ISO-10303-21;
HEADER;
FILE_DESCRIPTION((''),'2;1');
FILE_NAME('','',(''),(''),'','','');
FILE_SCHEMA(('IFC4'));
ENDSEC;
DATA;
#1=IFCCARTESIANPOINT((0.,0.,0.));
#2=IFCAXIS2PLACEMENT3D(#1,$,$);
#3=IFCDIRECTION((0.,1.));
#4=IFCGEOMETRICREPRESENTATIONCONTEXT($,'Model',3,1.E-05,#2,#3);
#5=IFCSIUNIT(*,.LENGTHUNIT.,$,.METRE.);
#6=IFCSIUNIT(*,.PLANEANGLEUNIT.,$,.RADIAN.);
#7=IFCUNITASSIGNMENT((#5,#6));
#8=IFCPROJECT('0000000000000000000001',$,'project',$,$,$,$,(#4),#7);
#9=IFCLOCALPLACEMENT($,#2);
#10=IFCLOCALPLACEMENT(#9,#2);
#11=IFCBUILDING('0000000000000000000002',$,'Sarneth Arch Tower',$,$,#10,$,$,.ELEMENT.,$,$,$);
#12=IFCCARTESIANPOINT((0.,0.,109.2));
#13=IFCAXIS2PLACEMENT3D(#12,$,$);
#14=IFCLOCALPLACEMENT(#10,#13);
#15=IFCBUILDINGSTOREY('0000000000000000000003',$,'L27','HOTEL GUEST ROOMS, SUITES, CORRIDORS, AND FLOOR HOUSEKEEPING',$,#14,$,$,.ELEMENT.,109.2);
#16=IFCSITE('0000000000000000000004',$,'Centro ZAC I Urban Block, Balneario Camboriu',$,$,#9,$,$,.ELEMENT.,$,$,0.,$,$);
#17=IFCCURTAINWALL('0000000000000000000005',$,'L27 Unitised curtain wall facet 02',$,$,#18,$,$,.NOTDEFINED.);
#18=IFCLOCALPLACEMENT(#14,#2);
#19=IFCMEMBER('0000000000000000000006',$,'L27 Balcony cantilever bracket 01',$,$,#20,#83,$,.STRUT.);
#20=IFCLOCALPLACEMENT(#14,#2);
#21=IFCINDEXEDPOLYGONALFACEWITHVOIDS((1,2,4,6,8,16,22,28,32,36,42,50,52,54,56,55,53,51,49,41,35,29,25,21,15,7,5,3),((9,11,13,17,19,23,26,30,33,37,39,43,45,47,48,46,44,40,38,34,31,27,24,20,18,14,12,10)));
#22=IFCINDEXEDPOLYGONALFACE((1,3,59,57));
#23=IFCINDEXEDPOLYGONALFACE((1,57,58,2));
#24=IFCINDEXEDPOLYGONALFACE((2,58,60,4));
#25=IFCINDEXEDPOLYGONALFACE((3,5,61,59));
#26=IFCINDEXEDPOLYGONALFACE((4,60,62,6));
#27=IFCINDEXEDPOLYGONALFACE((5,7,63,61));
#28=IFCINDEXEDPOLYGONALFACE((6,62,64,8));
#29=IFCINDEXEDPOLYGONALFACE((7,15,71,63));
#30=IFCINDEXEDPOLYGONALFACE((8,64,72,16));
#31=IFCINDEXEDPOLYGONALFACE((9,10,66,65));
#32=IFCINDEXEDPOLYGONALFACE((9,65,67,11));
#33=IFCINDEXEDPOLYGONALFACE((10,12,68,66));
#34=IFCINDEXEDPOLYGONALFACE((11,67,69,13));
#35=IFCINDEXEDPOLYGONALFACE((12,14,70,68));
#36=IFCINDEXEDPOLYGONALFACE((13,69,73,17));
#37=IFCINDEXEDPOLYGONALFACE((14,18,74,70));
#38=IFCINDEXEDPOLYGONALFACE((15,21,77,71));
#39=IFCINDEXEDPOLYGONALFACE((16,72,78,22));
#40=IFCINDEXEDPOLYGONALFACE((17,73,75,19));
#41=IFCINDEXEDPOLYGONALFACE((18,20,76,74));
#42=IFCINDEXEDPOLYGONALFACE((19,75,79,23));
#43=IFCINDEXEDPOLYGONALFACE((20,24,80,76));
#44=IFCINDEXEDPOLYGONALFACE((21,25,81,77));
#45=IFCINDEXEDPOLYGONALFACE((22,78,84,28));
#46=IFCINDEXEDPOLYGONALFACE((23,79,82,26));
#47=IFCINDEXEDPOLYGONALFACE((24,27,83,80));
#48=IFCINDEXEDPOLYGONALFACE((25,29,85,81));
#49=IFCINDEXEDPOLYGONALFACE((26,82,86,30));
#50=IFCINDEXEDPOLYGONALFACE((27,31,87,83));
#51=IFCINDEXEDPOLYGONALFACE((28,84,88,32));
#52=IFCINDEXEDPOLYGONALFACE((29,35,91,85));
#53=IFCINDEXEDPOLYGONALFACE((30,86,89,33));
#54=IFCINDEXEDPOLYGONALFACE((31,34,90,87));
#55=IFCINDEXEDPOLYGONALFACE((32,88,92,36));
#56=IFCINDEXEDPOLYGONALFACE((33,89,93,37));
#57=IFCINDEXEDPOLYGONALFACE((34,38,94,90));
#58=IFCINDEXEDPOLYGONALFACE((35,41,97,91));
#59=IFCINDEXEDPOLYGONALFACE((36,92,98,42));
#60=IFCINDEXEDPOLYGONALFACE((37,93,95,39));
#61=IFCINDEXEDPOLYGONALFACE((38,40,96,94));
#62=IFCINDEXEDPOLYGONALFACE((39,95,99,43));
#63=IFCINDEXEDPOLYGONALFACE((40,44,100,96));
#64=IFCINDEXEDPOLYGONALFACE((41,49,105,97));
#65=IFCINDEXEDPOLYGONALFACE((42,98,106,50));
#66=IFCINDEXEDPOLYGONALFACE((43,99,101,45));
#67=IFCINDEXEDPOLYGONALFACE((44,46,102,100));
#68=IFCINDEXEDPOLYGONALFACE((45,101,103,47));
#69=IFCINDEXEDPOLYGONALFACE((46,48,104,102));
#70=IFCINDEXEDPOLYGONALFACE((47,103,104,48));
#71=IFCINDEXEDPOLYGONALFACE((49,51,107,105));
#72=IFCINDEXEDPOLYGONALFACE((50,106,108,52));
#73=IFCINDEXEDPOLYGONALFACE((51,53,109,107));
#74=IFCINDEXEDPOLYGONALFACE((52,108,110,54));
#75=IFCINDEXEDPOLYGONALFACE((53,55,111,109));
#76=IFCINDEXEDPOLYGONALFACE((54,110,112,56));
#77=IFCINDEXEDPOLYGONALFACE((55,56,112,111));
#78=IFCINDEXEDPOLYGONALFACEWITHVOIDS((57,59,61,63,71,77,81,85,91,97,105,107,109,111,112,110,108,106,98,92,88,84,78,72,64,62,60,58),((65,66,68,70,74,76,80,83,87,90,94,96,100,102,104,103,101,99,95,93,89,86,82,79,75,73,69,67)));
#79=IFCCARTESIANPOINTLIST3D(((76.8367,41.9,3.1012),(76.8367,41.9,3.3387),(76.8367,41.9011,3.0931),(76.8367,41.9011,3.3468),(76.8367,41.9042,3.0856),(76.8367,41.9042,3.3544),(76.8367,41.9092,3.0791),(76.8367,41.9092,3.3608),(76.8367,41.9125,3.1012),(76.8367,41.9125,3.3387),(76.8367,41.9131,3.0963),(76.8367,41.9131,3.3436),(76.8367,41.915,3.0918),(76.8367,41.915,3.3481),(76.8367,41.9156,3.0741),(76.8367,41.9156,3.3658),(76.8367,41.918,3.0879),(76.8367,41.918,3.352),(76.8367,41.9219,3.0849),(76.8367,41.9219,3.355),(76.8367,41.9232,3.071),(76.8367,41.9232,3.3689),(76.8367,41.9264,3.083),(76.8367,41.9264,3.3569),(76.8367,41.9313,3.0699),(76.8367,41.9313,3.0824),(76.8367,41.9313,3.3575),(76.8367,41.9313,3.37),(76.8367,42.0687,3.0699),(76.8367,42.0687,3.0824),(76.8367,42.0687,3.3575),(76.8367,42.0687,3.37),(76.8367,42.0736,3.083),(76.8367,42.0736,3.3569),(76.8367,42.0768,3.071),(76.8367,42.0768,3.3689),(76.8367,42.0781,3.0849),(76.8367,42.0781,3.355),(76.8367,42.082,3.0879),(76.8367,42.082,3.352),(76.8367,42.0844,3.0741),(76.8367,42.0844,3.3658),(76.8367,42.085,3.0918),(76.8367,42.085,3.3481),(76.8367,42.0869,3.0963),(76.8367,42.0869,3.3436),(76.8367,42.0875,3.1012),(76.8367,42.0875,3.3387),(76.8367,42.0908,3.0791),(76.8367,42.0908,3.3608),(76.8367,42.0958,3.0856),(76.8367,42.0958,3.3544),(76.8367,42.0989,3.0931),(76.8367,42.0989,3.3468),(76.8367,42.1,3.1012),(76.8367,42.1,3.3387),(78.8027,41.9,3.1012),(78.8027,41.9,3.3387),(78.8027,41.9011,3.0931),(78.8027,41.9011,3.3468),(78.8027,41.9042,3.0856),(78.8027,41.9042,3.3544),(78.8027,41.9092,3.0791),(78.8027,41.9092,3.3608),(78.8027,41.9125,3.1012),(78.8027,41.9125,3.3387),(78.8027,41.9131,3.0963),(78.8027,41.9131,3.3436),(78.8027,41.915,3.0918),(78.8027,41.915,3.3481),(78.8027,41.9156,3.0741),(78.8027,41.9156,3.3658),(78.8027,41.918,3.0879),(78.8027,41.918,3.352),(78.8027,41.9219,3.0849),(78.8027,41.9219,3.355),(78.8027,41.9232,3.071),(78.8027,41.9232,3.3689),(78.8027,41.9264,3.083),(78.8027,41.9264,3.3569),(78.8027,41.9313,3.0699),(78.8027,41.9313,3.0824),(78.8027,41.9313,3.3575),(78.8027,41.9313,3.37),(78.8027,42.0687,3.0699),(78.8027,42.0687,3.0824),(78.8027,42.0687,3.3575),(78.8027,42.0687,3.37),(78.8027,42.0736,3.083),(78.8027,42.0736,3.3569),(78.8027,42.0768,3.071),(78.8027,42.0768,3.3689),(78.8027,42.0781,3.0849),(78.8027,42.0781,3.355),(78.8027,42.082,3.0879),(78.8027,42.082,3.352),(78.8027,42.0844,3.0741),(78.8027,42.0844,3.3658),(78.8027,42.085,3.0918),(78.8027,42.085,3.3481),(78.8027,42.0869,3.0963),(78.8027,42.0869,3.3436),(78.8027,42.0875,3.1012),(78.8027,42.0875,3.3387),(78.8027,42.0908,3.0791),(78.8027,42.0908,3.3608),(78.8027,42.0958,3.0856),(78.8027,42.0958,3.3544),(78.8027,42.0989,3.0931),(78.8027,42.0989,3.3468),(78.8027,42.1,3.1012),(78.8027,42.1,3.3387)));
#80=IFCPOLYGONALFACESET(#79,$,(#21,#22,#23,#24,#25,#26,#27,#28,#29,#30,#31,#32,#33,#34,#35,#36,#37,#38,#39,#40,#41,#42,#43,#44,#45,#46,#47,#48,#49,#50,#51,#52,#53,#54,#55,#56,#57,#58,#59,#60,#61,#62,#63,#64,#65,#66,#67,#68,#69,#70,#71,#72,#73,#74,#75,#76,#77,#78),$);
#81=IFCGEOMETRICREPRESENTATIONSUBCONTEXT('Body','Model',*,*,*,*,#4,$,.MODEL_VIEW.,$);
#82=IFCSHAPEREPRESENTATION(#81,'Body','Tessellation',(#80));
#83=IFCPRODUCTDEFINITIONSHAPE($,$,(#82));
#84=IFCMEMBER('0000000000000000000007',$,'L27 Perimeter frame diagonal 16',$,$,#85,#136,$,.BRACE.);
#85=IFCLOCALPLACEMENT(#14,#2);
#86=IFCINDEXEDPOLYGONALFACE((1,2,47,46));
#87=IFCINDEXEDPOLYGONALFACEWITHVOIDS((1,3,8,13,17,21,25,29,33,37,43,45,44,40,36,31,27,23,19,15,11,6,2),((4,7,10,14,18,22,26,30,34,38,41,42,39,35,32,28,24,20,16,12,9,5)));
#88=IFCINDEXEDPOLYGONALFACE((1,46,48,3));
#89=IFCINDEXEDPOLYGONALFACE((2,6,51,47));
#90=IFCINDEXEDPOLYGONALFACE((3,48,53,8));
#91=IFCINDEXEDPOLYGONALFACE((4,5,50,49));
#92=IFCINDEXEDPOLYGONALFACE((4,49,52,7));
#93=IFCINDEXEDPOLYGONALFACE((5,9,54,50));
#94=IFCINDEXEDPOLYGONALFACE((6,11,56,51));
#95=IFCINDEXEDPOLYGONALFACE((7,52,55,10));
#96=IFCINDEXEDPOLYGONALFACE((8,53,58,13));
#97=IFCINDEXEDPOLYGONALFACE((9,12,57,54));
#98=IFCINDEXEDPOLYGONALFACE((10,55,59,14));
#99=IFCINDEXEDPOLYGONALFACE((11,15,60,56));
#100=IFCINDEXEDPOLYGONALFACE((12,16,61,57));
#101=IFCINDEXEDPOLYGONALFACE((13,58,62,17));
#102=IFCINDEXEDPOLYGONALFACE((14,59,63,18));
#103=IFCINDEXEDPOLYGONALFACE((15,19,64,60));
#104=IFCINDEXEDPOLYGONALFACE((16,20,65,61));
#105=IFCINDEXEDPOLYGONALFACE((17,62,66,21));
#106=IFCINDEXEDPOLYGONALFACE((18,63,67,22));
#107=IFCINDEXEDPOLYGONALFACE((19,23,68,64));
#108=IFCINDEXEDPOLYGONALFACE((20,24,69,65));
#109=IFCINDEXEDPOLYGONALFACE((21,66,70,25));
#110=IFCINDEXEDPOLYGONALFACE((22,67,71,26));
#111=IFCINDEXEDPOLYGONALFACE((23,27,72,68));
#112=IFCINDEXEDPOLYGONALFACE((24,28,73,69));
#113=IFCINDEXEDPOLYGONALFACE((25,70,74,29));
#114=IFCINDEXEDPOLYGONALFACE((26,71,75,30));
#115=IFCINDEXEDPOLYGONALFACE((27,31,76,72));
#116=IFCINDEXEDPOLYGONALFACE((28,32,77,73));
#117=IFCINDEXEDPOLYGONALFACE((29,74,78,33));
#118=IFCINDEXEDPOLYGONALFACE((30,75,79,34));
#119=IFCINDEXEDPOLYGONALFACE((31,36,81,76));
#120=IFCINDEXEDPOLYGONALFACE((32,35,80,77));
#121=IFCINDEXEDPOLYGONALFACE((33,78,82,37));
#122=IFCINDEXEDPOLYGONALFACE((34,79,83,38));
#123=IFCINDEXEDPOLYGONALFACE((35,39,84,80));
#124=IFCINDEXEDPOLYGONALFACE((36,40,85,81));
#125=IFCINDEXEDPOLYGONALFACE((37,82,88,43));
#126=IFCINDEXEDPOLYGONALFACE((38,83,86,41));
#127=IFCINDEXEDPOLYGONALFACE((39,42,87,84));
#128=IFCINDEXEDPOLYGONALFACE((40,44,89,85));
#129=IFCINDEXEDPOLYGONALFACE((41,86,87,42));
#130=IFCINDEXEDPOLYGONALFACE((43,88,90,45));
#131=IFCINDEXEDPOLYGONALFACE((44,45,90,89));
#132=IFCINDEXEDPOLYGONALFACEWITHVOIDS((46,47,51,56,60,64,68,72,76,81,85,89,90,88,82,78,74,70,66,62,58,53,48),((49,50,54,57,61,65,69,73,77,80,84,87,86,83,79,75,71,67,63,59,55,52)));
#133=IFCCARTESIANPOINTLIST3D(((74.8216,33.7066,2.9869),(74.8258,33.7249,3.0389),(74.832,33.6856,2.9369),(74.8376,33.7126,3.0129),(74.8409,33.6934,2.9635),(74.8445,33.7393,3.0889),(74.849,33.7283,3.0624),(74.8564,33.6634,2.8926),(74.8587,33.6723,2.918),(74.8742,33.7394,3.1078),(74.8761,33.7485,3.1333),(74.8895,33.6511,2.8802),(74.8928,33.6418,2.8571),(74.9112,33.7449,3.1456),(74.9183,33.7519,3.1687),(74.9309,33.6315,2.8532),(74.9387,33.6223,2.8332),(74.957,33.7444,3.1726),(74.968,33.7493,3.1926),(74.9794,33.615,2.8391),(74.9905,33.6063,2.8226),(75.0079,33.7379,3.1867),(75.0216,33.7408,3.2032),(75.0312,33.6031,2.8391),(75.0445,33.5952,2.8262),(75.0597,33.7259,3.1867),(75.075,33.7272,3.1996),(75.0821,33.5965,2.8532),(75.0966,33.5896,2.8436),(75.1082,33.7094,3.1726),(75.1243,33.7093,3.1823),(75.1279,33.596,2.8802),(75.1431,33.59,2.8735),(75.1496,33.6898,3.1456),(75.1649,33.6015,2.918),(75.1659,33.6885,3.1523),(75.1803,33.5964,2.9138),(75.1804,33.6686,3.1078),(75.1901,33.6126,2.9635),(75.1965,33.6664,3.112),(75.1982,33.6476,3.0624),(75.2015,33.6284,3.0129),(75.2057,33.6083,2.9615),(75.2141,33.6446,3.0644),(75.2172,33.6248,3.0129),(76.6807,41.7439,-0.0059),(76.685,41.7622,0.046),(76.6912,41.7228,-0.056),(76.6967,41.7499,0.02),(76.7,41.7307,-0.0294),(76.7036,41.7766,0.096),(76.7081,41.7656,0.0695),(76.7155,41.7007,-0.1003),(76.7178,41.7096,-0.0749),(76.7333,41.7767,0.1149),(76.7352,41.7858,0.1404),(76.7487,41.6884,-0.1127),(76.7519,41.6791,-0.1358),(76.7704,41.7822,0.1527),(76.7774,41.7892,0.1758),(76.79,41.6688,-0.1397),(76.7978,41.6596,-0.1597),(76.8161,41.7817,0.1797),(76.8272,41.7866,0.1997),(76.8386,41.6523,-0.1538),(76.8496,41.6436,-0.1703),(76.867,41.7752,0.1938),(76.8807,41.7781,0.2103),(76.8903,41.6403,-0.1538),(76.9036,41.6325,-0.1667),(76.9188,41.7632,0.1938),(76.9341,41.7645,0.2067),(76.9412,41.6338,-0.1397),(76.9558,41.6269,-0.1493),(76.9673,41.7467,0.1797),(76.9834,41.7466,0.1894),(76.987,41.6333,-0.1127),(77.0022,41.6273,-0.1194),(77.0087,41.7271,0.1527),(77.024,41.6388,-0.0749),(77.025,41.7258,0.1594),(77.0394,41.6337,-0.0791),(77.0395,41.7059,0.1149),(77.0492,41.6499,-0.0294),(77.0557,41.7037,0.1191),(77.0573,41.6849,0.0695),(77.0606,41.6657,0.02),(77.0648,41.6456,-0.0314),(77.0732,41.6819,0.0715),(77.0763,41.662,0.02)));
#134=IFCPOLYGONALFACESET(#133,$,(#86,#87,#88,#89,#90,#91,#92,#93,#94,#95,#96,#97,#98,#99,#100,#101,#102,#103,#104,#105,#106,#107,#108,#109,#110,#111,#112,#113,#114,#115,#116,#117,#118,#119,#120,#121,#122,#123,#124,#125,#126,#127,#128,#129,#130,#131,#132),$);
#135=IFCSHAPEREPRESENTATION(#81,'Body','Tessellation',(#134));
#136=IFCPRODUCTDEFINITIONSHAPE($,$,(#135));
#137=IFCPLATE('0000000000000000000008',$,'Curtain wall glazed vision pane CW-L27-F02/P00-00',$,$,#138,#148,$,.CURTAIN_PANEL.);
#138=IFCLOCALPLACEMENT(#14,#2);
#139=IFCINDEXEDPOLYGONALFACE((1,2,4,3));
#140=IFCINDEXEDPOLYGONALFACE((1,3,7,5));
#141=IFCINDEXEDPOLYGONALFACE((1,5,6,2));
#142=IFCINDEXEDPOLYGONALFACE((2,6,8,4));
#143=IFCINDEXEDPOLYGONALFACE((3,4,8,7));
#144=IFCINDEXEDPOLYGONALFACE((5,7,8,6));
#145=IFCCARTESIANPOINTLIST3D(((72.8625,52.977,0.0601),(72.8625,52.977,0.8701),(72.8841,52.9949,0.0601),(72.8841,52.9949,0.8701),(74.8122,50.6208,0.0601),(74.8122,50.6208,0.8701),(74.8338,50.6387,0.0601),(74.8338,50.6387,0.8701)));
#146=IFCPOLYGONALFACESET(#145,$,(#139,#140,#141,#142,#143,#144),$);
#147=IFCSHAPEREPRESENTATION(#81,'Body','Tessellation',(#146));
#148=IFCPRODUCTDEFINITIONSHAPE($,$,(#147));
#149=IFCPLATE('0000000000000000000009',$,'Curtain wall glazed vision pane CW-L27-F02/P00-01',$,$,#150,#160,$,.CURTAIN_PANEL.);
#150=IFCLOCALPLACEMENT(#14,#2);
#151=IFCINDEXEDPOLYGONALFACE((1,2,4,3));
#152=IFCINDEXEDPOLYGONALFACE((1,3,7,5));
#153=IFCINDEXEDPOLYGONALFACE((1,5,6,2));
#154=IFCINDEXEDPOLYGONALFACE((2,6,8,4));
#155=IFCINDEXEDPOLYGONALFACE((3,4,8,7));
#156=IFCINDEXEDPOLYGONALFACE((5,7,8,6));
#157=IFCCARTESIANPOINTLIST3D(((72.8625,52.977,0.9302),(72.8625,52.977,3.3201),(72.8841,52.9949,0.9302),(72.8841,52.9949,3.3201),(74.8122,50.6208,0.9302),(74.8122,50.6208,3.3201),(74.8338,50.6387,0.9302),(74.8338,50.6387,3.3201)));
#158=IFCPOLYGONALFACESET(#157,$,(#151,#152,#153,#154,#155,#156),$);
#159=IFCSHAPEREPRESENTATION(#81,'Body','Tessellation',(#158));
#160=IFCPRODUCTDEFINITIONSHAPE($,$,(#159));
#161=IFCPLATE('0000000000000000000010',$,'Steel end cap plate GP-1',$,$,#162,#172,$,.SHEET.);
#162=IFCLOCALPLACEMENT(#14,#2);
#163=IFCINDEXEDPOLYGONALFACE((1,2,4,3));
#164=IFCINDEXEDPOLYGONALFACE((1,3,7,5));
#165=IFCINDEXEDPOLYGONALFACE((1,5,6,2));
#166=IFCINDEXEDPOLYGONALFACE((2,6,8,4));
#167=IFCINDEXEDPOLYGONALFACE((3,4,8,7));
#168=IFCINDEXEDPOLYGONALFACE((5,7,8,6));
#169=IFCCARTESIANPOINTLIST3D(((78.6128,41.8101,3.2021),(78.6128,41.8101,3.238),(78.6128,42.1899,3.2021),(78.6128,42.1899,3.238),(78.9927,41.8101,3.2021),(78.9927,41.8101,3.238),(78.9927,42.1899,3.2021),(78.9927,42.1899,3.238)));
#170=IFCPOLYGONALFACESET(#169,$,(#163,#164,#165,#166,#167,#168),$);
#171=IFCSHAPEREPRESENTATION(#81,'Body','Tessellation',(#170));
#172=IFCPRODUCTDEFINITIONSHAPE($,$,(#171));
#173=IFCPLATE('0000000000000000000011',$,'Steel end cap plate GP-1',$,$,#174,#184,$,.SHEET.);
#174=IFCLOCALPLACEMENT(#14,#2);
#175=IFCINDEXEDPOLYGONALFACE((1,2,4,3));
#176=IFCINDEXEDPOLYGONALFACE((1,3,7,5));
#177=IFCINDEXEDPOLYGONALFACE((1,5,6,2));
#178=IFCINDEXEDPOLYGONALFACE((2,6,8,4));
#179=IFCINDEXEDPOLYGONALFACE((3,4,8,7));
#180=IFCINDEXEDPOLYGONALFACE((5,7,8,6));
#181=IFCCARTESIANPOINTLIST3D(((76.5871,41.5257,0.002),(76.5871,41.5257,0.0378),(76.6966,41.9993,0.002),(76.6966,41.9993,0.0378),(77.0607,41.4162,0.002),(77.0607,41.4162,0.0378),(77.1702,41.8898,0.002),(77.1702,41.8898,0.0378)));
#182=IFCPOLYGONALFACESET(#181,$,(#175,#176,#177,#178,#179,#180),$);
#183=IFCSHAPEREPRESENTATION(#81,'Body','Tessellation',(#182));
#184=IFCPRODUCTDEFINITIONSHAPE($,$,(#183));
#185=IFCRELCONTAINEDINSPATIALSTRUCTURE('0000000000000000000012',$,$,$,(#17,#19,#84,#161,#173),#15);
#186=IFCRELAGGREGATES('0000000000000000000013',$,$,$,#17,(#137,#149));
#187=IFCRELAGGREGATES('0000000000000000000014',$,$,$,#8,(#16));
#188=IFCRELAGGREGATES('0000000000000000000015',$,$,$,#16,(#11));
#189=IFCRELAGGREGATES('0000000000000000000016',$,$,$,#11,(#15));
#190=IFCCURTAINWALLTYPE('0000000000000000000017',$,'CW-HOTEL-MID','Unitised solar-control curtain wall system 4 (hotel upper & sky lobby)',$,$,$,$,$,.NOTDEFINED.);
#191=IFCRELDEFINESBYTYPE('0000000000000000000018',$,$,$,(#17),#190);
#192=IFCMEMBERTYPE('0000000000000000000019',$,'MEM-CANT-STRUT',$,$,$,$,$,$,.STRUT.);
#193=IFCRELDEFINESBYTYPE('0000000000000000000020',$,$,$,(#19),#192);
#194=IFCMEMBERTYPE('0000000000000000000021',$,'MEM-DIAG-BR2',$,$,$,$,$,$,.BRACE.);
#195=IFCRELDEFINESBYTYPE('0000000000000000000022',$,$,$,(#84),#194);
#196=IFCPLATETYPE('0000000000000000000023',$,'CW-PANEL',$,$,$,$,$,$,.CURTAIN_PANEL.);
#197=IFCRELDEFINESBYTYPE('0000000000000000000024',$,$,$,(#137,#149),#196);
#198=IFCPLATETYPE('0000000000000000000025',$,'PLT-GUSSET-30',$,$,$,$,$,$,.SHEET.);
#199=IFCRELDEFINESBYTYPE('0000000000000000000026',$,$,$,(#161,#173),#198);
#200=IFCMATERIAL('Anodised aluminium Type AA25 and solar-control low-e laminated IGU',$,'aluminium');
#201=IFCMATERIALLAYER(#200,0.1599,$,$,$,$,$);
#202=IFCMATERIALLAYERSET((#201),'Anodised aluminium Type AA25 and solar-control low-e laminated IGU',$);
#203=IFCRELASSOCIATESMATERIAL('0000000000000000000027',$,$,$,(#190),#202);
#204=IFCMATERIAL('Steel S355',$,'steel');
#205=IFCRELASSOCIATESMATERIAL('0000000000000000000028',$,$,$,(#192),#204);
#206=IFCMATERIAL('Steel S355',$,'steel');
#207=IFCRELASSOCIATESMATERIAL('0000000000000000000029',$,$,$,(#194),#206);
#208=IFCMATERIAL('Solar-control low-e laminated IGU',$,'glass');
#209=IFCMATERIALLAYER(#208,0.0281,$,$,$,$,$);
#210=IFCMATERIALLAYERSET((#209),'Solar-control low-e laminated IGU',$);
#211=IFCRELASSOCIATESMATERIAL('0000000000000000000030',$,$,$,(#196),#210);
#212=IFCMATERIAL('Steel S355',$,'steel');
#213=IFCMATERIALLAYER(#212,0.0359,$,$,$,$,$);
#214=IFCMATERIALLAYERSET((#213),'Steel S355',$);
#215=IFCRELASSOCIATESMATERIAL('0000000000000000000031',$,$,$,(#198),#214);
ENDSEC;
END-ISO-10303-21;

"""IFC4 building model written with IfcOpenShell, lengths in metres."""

from ifc_helpers import new_model, si_unit, direction, frame, origin, origin_2d, place, context, subcontext, project, spatial, rectangle, hollow_rectangle, hollow_circle, extrude, material, layer, layer_set, material_profile, profile_set, type_object, element, aggregate, save


model = new_model("IFC4")

# Units and contexts
model_context = context("Model", 3, precision=1e-05, world=origin(), true_north=direction((0.0, 1.0)))
body_context = subcontext(model_context, "Body", "Model", "MODEL_VIEW")
ifc_project = project(units=[si_unit("LENGTHUNIT", "METRE"), si_unit("PLANEANGLEUNIT", "RADIAN")], contexts=[model_context])

# Site, building, storey
site_placement = place(None, origin())
site = spatial("IfcSite", under=ifc_project, at=site_placement, Name="Centro ZAC I Urban Block, Balneario Camboriu", CompositionType="ELEMENT", RefElevation=0.0)
building_placement = place(site_placement, origin())
building = spatial("IfcBuilding", under=site, at=building_placement, Name="Sarneth Arch Tower", CompositionType="ELEMENT")
storey_placement = place(building_placement, frame((0.0, 0.0, 109.2)))
storey = spatial("IfcBuildingStorey", under=building, at=storey_placement, Name="L27", Description="HOTEL GUEST ROOMS, SUITES, CORRIDORS, AND FLOOR HOUSEKEEPING", CompositionType="ELEMENT", Elevation=109.2)

# Curtain wall
ifc_material_1 = material(Name="Anodised aluminium Type AA25 and solar-control low-e laminated IGU", Category="aluminium")
ifc_layer_1 = layer(ifc_material_1, 0.1599)
ifc_layer_set_1 = layer_set([ifc_layer_1], Name="Anodised aluminium Type AA25 and solar-control low-e laminated IGU")
curtain_wall_type = type_object("IfcCurtainWallType", Name="CW-HOTEL-MID", Description="Unitised solar-control curtain wall system 4 (hotel upper & sky lobby)", PredefinedType="NOTDEFINED", material=ifc_layer_set_1)
curtain_wall_placement = place(storey_placement, origin())
curtain_wall = element("IfcCurtainWall", 1, at=curtain_wall_placement, inside=storey, type_object=curtain_wall_type, Name="L27 Unitised curtain wall facet 02", PredefinedType="NOTDEFINED")

# Members
ifc_material_2 = material(Name="Steel S355", Category="steel")
ifc_material_profile_1 = material_profile(ifc_material_2, hollow_rectangle(XDim=0.2, YDim=0.3, WallThickness=0.0125, InnerFilletRadius=0.0188, OuterFilletRadius=0.0312, at=origin_2d()), Name="RHS300x200x12.5")
ifc_profile_set_1 = profile_set([ifc_material_profile_1], Name="Steel S355")
member_type_1 = type_object("IfcMemberType", Name="MEM-CANT-STRUT", PredefinedType="STRUT", material=ifc_profile_set_1)
member_1_placement = place(storey_placement, frame((76.8367, 42.0, 3.22), z_axis=(1.0, 0.0, 0.0), x_axis=(0.0, 1.0, 0.0)))
element("IfcMember", 2, at=member_1_placement, inside=storey, type_object=member_type_1, Name="L27 Balcony cantilever bracket 01", PredefinedType="STRUT", context=body_context, shape_type="SweptSolid", body=[
    extrude(hollow_rectangle(XDim=0.2, YDim=0.3, WallThickness=0.0125, InnerFilletRadius=0.0188, OuterFilletRadius=0.0312, at=origin_2d()), origin(), (0.0, 0.0, 1.0), 1.9661),
])
ifc_material_3 = material(Name="Steel S355", Category="steel")
ifc_material_profile_2 = material_profile(ifc_material_3, hollow_circle(Radius=0.2029, WallThickness=0.0161, at=origin_2d()), Name="CHS406x16")
ifc_profile_set_2 = profile_set([ifc_material_profile_2], Name="Steel S355")
member_type_2 = type_object("IfcMemberType", Name="MEM-DIAG-BR2", PredefinedType="BRACE", material=ifc_profile_set_2)
member_2_placement = place(storey_placement, frame((76.8787, 41.7078, 0.02), z_axis=(-0.21185, -0.915864, 0.341046), x_axis=(0.974275, -0.225361, 0.0)))
element("IfcMember", 3, at=member_2_placement, inside=storey, type_object=member_type_2, Name="L27 Perimeter frame diagonal 16", PredefinedType="BRACE", context=body_context, shape_type="SweptSolid", body=[
    extrude(hollow_circle(Radius=0.2029, WallThickness=0.0161, at=origin_2d()), origin(), (0.0, 0.0, 1.0), 8.7756),
])

# Plates
ifc_material_4 = material(Name="Solar-control low-e laminated IGU", Category="glass")
ifc_layer_2 = layer(ifc_material_4, 0.0281)
ifc_layer_set_2 = layer_set([ifc_layer_2], Name="Solar-control low-e laminated IGU")
plate_type_1 = type_object("IfcPlateType", Name="CW-PANEL", PredefinedType="CURTAIN_PANEL", material=ifc_layer_set_2)
plate_1_placement = place(storey_placement, frame((73.8481, 51.8079, 0.0601), z_axis=(0.0, 0.0, 1.0), x_axis=(-0.637515, 0.770438, 0.0)))
plate_1 = element("IfcPlate", 4, at=plate_1_placement, type_object=plate_type_1, Name="Curtain wall glazed vision pane CW-L27-F02/P00-00", PredefinedType="CURTAIN_PANEL", context=body_context, shape_type="SweptSolid", body=[
    extrude(rectangle(XDim=3.0583, YDim=0.0281, at=origin_2d()), origin(), (0.0, 0.0, 1.0), 0.8101),
])
plate_2_placement = place(storey_placement, frame((73.8481, 51.8079, 0.9302), z_axis=(0.0, 0.0, 1.0), x_axis=(-0.637515, 0.770438, 0.0)))
plate_2 = element("IfcPlate", 5, at=plate_2_placement, type_object=plate_type_1, Name="Curtain wall glazed vision pane CW-L27-F02/P00-01", PredefinedType="CURTAIN_PANEL", context=body_context, shape_type="SweptSolid", body=[
    extrude(rectangle(XDim=3.0583, YDim=0.0281, at=origin_2d()), origin(), (0.0, 0.0, 1.0), 2.3899),
])
aggregate(curtain_wall, [plate_1, plate_2])

# Plates
ifc_material_5 = material(Name="Steel S355", Category="steel")
ifc_layer_3 = layer(ifc_material_5, 0.0359)
ifc_layer_set_3 = layer_set([ifc_layer_3], Name="Steel S355")
plate_type_2 = type_object("IfcPlateType", Name="PLT-GUSSET-30", PredefinedType="SHEET", material=ifc_layer_set_3)
plate_3_placement = place(storey_placement, frame((78.8027, 42.0, 3.2021), z_axis=(0.0, 0.0, 1.0), x_axis=(1.0, 0.0, 0.0)))
element("IfcPlate", 6, at=plate_3_placement, inside=storey, type_object=plate_type_2, Name="Steel end cap plate GP-1", PredefinedType="SHEET", context=body_context, shape_type="SweptSolid", body=[
    extrude(rectangle(XDim=0.3799, YDim=0.3799, at=origin_2d()), origin(), (0.0, 0.0, 1.0), 0.0359),
])
plate_4_placement = place(storey_placement, frame((76.8787, 41.7078, 0.002), z_axis=(0.0, 0.0, 1.0), x_axis=(0.225291, 0.974291, 0.0)))
element("IfcPlate", 7, at=plate_4_placement, inside=storey, type_object=plate_type_2, Name="Steel end cap plate GP-1", PredefinedType="SHEET", context=body_context, shape_type="SweptSolid", body=[
    extrude(rectangle(XDim=0.4861, YDim=0.4861, at=origin_2d()), origin(), (0.0, 0.0, 1.0), 0.0359),
])

save(model, "model.ifc")
